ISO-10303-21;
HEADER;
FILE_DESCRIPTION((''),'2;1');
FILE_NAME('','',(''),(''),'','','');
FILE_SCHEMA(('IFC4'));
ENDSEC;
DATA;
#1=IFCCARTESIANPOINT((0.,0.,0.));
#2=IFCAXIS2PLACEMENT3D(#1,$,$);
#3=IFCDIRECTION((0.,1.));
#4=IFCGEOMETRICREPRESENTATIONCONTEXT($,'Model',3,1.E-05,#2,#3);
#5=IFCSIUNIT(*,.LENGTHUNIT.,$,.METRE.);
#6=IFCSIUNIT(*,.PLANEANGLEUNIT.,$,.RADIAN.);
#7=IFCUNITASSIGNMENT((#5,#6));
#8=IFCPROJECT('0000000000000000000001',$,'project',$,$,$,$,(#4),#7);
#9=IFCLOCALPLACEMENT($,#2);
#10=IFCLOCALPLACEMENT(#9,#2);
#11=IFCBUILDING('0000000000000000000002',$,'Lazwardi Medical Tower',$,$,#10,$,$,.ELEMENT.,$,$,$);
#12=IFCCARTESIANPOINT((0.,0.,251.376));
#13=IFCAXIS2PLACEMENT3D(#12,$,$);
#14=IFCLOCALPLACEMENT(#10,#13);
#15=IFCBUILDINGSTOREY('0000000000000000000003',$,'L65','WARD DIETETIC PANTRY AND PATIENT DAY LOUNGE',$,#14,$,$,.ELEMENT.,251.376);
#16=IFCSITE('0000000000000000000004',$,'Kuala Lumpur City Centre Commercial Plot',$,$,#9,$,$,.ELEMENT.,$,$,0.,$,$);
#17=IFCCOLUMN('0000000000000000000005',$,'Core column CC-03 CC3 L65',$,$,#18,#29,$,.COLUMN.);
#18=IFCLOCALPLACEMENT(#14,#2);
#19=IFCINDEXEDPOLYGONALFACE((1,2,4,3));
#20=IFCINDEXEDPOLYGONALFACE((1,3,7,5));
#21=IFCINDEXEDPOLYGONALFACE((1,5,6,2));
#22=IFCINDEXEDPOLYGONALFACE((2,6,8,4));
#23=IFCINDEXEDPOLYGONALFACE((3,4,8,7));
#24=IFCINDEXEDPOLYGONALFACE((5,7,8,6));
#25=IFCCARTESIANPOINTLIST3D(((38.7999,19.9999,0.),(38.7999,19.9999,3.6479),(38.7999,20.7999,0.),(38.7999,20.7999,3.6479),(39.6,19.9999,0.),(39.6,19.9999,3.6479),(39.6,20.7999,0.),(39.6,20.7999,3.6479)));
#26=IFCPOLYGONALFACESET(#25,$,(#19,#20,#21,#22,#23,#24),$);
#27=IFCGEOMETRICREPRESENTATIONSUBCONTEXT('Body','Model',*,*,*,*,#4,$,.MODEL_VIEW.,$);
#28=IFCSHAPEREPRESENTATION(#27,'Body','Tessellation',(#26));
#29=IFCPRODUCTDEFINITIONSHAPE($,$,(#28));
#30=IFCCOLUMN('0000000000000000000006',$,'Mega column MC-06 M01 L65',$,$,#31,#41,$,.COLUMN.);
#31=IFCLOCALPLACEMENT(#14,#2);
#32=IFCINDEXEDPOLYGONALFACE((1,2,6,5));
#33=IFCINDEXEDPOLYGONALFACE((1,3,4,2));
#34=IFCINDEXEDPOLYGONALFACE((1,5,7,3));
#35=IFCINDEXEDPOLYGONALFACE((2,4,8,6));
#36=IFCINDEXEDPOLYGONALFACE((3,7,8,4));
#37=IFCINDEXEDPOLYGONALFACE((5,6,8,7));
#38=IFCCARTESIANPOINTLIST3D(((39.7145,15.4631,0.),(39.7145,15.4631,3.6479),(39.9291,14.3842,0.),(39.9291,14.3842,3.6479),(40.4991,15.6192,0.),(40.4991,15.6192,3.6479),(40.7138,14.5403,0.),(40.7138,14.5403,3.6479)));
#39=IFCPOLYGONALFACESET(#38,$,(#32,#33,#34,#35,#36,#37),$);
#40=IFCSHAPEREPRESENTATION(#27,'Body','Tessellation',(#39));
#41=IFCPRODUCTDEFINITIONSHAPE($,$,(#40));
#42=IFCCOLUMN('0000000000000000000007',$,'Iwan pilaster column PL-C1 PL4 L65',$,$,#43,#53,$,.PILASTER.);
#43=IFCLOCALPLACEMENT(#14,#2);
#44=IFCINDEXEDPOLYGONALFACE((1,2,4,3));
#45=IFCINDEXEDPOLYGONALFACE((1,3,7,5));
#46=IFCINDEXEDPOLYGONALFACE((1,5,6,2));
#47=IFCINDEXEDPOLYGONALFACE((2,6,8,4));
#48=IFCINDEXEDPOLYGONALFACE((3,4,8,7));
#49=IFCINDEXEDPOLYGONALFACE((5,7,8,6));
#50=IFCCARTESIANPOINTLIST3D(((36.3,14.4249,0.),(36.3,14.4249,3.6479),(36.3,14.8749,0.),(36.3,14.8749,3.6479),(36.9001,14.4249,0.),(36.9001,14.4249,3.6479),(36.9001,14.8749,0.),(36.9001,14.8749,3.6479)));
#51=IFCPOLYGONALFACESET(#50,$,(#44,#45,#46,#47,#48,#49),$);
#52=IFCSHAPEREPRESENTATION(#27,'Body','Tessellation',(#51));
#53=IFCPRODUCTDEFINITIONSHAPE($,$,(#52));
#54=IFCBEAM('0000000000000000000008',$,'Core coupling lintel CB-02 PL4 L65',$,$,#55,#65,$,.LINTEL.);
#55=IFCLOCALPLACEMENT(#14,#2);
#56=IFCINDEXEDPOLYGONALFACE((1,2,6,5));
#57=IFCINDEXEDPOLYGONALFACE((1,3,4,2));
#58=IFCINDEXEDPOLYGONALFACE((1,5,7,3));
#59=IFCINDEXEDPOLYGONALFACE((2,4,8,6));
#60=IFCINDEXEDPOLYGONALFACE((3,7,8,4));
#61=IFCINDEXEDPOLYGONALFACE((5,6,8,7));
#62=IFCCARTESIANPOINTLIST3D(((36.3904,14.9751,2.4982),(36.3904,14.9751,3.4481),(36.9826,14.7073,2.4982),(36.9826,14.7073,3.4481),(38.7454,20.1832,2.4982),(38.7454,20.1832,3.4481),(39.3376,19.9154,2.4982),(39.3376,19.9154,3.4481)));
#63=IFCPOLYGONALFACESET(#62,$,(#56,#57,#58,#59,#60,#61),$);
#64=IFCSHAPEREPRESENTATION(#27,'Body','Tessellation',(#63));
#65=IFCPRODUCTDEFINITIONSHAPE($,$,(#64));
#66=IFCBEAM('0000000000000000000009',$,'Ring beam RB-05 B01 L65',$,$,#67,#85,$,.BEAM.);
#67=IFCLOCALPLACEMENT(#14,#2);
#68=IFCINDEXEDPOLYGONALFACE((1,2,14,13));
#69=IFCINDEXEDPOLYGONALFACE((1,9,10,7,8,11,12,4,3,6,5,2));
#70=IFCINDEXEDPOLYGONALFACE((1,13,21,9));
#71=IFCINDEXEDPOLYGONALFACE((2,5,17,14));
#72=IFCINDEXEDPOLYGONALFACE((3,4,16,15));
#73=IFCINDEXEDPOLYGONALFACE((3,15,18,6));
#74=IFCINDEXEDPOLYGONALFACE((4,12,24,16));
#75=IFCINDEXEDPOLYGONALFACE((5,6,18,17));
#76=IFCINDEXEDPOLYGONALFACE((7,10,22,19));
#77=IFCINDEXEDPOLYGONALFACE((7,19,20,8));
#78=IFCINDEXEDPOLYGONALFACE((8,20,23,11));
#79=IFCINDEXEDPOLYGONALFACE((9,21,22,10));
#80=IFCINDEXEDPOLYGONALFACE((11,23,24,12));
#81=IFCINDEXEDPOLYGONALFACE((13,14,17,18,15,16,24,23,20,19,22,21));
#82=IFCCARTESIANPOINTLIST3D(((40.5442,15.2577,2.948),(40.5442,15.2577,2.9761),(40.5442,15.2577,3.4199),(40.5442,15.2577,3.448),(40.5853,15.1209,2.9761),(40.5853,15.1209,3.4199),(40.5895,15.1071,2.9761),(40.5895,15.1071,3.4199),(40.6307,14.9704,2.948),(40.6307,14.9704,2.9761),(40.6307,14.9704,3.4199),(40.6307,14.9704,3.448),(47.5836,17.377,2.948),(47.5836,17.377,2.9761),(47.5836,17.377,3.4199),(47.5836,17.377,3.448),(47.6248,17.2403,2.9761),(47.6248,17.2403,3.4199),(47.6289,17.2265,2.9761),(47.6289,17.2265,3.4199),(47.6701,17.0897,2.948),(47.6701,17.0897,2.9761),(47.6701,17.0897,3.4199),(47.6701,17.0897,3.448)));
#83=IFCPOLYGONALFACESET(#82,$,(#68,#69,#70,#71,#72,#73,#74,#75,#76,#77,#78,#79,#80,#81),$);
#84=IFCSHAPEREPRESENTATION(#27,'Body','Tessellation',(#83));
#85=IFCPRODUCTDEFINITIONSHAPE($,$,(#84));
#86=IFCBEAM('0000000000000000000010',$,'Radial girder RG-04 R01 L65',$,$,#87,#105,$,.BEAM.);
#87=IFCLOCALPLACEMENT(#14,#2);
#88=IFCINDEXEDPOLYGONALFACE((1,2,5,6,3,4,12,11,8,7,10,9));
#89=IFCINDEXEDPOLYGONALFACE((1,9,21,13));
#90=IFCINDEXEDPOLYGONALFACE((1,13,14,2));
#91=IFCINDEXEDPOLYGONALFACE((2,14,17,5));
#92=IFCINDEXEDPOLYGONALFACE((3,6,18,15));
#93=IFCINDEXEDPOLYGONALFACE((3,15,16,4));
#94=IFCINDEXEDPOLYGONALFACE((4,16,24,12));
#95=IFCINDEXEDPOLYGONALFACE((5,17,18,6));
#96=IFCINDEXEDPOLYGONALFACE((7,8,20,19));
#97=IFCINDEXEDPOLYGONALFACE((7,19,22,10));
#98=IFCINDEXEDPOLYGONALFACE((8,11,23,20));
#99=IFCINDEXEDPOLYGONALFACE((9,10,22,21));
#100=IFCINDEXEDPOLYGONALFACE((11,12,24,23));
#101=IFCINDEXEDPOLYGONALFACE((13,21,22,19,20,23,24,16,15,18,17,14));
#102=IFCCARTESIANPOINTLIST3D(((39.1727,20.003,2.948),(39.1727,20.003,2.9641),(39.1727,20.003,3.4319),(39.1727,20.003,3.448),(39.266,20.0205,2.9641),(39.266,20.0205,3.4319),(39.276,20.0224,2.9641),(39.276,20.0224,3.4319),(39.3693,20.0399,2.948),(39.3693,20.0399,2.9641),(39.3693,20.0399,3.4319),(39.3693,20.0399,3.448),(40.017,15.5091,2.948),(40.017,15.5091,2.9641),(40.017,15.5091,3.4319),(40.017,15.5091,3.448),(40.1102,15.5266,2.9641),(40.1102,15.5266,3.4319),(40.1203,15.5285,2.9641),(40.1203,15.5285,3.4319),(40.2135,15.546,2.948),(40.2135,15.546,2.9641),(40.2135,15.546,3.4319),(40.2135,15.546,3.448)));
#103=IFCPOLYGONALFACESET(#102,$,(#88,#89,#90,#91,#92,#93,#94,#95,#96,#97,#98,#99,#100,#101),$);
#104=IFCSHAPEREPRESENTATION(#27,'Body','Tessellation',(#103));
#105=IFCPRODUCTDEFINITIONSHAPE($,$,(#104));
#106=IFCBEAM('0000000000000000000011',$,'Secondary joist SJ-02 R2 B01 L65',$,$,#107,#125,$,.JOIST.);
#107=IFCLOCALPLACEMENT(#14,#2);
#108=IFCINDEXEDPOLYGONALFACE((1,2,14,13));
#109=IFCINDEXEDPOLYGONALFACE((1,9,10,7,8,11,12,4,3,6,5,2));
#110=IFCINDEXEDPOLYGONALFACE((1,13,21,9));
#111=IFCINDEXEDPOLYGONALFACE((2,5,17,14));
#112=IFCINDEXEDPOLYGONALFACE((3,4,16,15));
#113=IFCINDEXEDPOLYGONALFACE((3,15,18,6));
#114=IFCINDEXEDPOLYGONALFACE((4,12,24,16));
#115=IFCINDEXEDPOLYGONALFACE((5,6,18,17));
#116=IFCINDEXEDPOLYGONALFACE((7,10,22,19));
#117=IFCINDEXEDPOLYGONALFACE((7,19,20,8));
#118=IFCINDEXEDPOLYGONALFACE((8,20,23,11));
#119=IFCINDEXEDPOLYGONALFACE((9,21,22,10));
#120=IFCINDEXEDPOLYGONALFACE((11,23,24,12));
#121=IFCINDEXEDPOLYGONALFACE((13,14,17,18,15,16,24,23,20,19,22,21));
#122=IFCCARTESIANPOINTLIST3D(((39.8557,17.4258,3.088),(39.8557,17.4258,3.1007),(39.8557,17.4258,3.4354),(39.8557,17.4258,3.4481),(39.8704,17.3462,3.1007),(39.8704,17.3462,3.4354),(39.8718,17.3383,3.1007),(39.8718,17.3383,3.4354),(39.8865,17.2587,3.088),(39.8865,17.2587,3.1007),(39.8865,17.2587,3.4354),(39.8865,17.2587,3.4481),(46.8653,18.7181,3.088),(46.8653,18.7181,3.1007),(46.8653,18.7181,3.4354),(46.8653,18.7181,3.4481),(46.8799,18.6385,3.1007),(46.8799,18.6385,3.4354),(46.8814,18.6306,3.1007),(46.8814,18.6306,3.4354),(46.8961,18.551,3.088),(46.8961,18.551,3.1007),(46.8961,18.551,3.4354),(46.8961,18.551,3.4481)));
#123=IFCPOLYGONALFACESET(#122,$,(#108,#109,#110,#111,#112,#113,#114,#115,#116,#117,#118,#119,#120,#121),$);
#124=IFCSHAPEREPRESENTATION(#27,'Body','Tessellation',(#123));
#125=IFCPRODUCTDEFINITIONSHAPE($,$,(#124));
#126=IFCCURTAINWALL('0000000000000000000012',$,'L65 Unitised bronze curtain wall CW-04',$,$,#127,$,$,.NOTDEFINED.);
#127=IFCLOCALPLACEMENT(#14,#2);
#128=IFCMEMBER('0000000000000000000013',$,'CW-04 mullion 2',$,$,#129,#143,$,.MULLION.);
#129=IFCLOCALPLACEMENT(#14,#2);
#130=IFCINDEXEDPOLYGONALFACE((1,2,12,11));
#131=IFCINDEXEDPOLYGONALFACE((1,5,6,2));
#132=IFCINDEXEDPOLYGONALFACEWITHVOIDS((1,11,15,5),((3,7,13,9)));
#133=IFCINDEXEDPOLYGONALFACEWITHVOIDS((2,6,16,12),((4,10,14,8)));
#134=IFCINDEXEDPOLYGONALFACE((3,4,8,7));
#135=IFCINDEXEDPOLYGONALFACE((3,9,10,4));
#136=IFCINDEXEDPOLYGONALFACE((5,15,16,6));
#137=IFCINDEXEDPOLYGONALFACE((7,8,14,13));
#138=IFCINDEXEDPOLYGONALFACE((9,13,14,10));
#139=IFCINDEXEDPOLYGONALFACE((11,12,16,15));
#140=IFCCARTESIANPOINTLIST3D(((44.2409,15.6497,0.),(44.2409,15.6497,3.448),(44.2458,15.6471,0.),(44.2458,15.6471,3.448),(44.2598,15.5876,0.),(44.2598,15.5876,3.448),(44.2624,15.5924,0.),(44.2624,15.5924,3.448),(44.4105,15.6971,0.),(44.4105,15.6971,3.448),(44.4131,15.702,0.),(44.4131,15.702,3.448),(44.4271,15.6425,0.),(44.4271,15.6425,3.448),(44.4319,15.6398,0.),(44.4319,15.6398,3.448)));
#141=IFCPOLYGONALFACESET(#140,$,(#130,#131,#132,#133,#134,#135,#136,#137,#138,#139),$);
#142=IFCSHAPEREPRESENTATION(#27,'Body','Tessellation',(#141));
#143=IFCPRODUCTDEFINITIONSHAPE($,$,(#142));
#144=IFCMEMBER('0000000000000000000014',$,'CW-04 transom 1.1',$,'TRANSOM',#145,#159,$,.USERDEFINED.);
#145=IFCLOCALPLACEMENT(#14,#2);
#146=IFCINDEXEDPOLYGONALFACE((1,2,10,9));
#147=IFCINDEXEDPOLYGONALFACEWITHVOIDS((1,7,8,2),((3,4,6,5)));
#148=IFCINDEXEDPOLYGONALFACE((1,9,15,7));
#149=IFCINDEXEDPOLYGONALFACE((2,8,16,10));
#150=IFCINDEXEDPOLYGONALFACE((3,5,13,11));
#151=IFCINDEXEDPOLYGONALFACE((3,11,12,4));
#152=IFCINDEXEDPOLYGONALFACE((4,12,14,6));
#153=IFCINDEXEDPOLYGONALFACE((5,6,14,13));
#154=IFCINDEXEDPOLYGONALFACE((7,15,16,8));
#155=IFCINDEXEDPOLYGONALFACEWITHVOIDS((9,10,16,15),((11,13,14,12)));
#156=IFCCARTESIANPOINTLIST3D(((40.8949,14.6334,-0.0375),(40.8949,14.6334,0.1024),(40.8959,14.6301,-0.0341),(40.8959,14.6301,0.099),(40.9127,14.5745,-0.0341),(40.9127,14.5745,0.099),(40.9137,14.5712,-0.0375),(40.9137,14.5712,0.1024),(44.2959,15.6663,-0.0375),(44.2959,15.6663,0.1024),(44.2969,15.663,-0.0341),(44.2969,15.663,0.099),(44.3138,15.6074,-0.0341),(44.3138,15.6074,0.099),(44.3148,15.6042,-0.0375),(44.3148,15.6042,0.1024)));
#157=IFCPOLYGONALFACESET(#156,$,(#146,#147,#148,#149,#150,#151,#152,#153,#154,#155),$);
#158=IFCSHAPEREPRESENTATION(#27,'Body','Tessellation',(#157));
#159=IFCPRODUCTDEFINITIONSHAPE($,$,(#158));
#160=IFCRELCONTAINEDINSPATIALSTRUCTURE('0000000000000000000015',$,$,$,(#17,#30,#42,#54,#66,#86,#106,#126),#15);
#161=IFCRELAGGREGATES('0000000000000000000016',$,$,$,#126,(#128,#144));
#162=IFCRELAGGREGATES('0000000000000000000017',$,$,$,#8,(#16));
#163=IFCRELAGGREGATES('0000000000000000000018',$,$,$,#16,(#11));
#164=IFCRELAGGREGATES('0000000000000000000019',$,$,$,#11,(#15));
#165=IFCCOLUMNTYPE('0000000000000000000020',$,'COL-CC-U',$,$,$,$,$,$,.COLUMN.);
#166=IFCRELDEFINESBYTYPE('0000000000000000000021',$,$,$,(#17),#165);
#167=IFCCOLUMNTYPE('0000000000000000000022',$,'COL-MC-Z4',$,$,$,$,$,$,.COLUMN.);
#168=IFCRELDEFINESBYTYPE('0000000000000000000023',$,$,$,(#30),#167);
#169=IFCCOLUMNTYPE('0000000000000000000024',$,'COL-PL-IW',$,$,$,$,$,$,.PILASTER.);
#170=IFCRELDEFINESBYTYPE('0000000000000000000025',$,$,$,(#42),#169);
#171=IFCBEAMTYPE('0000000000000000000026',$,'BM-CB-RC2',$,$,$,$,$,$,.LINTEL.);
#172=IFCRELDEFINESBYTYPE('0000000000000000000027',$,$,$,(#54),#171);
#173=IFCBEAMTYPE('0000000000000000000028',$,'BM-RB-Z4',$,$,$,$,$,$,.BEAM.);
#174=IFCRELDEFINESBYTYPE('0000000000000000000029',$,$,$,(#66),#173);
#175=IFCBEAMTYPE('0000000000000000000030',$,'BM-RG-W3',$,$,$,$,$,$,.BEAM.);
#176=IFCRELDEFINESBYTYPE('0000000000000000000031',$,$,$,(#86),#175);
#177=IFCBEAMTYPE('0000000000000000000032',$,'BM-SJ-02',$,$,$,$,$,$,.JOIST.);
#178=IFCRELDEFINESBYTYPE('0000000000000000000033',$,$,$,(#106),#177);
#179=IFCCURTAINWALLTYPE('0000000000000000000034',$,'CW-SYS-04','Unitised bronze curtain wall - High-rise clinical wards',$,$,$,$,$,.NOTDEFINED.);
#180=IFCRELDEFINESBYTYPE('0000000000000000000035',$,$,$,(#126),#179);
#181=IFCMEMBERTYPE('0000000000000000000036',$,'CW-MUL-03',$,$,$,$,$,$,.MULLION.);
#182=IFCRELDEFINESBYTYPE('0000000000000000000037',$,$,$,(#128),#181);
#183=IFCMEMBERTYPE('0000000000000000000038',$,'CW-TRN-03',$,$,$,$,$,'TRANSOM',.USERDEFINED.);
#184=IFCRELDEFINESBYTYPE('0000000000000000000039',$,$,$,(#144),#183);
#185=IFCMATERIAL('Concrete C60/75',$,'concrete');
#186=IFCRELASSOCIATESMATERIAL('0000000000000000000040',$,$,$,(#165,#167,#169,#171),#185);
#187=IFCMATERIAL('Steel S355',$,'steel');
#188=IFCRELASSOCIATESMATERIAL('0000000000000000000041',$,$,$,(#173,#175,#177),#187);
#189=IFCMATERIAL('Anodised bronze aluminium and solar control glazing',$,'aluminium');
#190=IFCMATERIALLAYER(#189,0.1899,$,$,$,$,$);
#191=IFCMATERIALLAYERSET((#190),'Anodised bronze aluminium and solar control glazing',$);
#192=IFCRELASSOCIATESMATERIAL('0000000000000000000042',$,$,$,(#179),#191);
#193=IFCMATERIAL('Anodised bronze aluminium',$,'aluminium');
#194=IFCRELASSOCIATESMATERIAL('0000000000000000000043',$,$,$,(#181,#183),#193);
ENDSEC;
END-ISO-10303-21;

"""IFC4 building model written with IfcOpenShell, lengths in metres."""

from ifc_helpers import new_model, si_unit, direction, frame, origin, origin_2d, place, context, subcontext, project, spatial, rectangle, hollow_rectangle, i_section, extrude, material, layer, layer_set, material_profile, profile_set, type_object, element, aggregate, save


model = new_model("IFC4")

# Units and contexts
model_context = context("Model", 3, precision=1e-05, world=origin(), true_north=direction((0.0, 1.0)))
body_context = subcontext(model_context, "Body", "Model", "MODEL_VIEW")
ifc_project = project(units=[si_unit("LENGTHUNIT", "METRE"), si_unit("PLANEANGLEUNIT", "RADIAN")], contexts=[model_context])

# Site, building, storey
site_placement = place(None, origin())
site = spatial("IfcSite", under=ifc_project, at=site_placement, Name="Kuala Lumpur City Centre Commercial Plot", CompositionType="ELEMENT", RefElevation=0.0)
building_placement = place(site_placement, origin())
building = spatial("IfcBuilding", under=site, at=building_placement, Name="Lazwardi Medical Tower", CompositionType="ELEMENT")
storey_placement = place(building_placement, frame((0.0, 0.0, 251.376)))
storey = spatial("IfcBuildingStorey", under=building, at=storey_placement, Name="L65", Description="WARD DIETETIC PANTRY AND PATIENT DAY LOUNGE", CompositionType="ELEMENT", Elevation=251.376)

# Columns
ifc_material_1 = material(Name="Concrete C60/75", Category="concrete")
ifc_material_profile_1 = material_profile(ifc_material_1, rectangle(XDim=0.8, YDim=0.8, at=origin_2d()), Name="RC 800x800")
ifc_profile_set_1 = profile_set([ifc_material_profile_1], Name="Concrete C60/75")
column_type_1 = type_object("IfcColumnType", Name="COL-CC-U", PredefinedType="COLUMN", material=ifc_profile_set_1)
column_1_placement = place(storey_placement, frame((39.2, 20.3999, 0.0), z_axis=(0.0, 0.0, 1.0), x_axis=(1.0, 0.0, 0.0)))
element("IfcColumn", 1, at=column_1_placement, inside=storey, type_object=column_type_1, Name="Core column CC-03 CC3 L65", PredefinedType="COLUMN", context=body_context, shape_type="SweptSolid", body=[
    extrude(rectangle(XDim=0.8, YDim=0.8, at=origin_2d()), origin(), (0.0, 0.0, 1.0), 3.6479),
])
ifc_material_profile_2 = material_profile(ifc_material_1, rectangle(XDim=1.1001, YDim=0.8, at=origin_2d()), Name="CFT-RECT 1100x800")
ifc_profile_set_2 = profile_set([ifc_material_profile_2], Name="Concrete C60/75")
column_type_2 = type_object("IfcColumnType", Name="COL-MC-Z4", PredefinedType="COLUMN", material=ifc_profile_set_2)
column_2_placement = place(storey_placement, frame((40.2141, 15.0017, 0.0), z_axis=(0.0, 0.0, 1.0), x_axis=(0.19509, -0.980785, 0.0)))
element("IfcColumn", 2, at=column_2_placement, inside=storey, type_object=column_type_2, Name="Mega column MC-06 M01 L65", PredefinedType="COLUMN", context=body_context, shape_type="SweptSolid", body=[
    extrude(rectangle(XDim=1.1001, YDim=0.8, at=origin_2d()), origin(), (0.0, 0.0, 1.0), 3.6479),
])
ifc_material_profile_3 = material_profile(ifc_material_1, rectangle(XDim=0.6001, YDim=0.45, at=origin_2d()), Name="RC 600x450")
ifc_profile_set_3 = profile_set([ifc_material_profile_3], Name="Concrete C60/75")
column_type_3 = type_object("IfcColumnType", Name="COL-PL-IW", PredefinedType="PILASTER", material=ifc_profile_set_3)
column_3_placement = place(storey_placement, frame((36.6001, 14.6499, 0.0), z_axis=(0.0, 0.0, 1.0), x_axis=(1.0, 0.0, 0.0)))
element("IfcColumn", 3, at=column_3_placement, inside=storey, type_object=column_type_3, Name="Iwan pilaster column PL-C1 PL4 L65", PredefinedType="PILASTER", context=body_context, shape_type="SweptSolid", body=[
    extrude(rectangle(XDim=0.6001, YDim=0.45, at=origin_2d()), origin(), (0.0, 0.0, 1.0), 3.6479),
])

# Beams
ifc_material_profile_4 = material_profile(ifc_material_1, rectangle(XDim=0.6499, YDim=0.95, at=origin_2d()), Name="RC 650x950")
ifc_profile_set_4 = profile_set([ifc_material_profile_4], Name="Concrete C60/75")
beam_type_1 = type_object("IfcBeamType", Name="BM-CB-RC2", PredefinedType="LINTEL", material=ifc_profile_set_4)
beam_1_placement = place(storey_placement, frame((39.0415, 20.0493, 2.9731), z_axis=(-0.412019, -0.911175, 0.0), x_axis=(0.911175, -0.412019, 0.0)))
element("IfcBeam", 4, at=beam_1_placement, inside=storey, type_object=beam_type_1, Name="Core coupling lintel CB-02 PL4 L65", PredefinedType="LINTEL", context=body_context, shape_type="SweptSolid", body=[
    extrude(rectangle(XDim=0.6499, YDim=0.95, at=origin_2d()), origin(), (0.0, 0.0, 1.0), 5.7158),
])
ifc_material_2 = material(Name="Steel S355", Category="steel")
ifc_material_profile_5 = material_profile(ifc_material_2, i_section(OverallWidth=0.3, OverallDepth=0.5, WebThickness=0.0144, FlangeThickness=0.0281, at=origin_2d()), Name="HEB 500")
ifc_profile_set_5 = profile_set([ifc_material_profile_5], Name="Steel S355")
beam_type_2 = type_object("IfcBeamType", Name="BM-RB-Z4", PredefinedType="BEAM", material=ifc_profile_set_5)
beam_2_placement = place(storey_placement, frame((40.5874, 15.114, 3.198), z_axis=(0.957544, 0.288286, 0.0), x_axis=(-0.288286, 0.957544, 0.0)))
element("IfcBeam", 5, at=beam_2_placement, inside=storey, type_object=beam_type_2, Name="Ring beam RB-05 B01 L65", PredefinedType="BEAM", context=body_context, shape_type="SweptSolid", body=[
    extrude(i_section(OverallWidth=0.3, OverallDepth=0.5, WebThickness=0.0144, FlangeThickness=0.0281, at=origin_2d()), origin(), (0.0, 0.0, 1.0), 7.3516),
])
ifc_material_profile_6 = material_profile(ifc_material_2, i_section(OverallWidth=0.2, OverallDepth=0.5, WebThickness=0.0103, FlangeThickness=0.0161, at=origin_2d()), Name="IPE 500")
ifc_profile_set_6 = profile_set([ifc_material_profile_6], Name="Steel S355")
beam_type_3 = type_object("IfcBeamType", Name="BM-RG-W3", PredefinedType="BEAM", material=ifc_profile_set_6)
beam_3_placement = place(storey_placement, frame((40.1152, 15.5276, 3.198), z_axis=(-0.184633, 0.982807, 0.0), x_axis=(-0.982807, -0.184633, 0.0)))
element("IfcBeam", 6, at=beam_3_placement, inside=storey, type_object=beam_type_3, Name="Radial girder RG-04 R01 L65", PredefinedType="BEAM", context=body_context, shape_type="SweptSolid", body=[
    extrude(i_section(OverallWidth=0.2, OverallDepth=0.5, WebThickness=0.0103, FlangeThickness=0.0161, at=origin_2d()), origin(), (0.0, 0.0, 1.0), 4.5725),
])
ifc_material_profile_7 = material_profile(ifc_material_2, i_section(OverallWidth=0.1699, OverallDepth=0.3601, WebThickness=0.0081, FlangeThickness=0.0127, at=origin_2d()), Name="IPE 360")
ifc_profile_set_7 = profile_set([ifc_material_profile_7], Name="Steel S355")
beam_type_4 = type_object("IfcBeamType", Name="BM-SJ-02", PredefinedType="JOIST", material=ifc_profile_set_7)
beam_4_placement = place(storey_placement, frame((39.8711, 17.3423, 3.2681), z_axis=(0.983428, 0.181299, 0.0), x_axis=(-0.181299, 0.983428, 0.0)))
element("IfcBeam", 7, at=beam_4_placement, inside=storey, type_object=beam_type_4, Name="Secondary joist SJ-02 R2 B01 L65", PredefinedType="JOIST", context=body_context, shape_type="SweptSolid", body=[
    extrude(i_section(OverallWidth=0.1699, OverallDepth=0.3601, WebThickness=0.0081, FlangeThickness=0.0127, at=origin_2d()), origin(), (0.0, 0.0, 1.0), 7.1277),
])

# Curtain wall, members
ifc_material_3 = material(Name="Anodised bronze aluminium and solar control glazing", Category="aluminium")
ifc_layer_1 = layer(ifc_material_3, 0.1899)
ifc_layer_set_1 = layer_set([ifc_layer_1], Name="Anodised bronze aluminium and solar control glazing")
curtain_wall_type = type_object("IfcCurtainWallType", Name="CW-SYS-04", Description="Unitised bronze curtain wall - High-rise clinical wards", PredefinedType="NOTDEFINED", material=ifc_layer_set_1)
curtain_wall_placement = place(storey_placement, origin())
curtain_wall = element("IfcCurtainWall", 8, at=curtain_wall_placement, inside=storey, type_object=curtain_wall_type, Name="L65 Unitised bronze curtain wall CW-04", PredefinedType="NOTDEFINED")
ifc_material_4 = material(Name="Anodised bronze aluminium", Category="aluminium")
ifc_material_profile_8 = material_profile(ifc_material_4, hollow_rectangle(XDim=0.0649, YDim=0.1799, WallThickness=0.0039, at=origin_2d()), Name="ALU-MULLION 180x65x4")
ifc_profile_set_8 = profile_set([ifc_material_profile_8], Name="Anodised bronze aluminium")
member_type_1 = type_object("IfcMemberType", Name="CW-MUL-03", PredefinedType="MULLION", material=ifc_profile_set_8)
member_1_placement = place(storey_placement, frame((44.3364, 15.6448, 0.0), z_axis=(0.0, 0.0, 1.0), x_axis=(-0.290582, 0.95685, 0.0)))
member_1 = element("IfcMember", 9, at=member_1_placement, type_object=member_type_1, Name="CW-04 mullion 2", PredefinedType="MULLION", context=body_context, shape_type="SweptSolid", body=[
    extrude(hollow_rectangle(XDim=0.0649, YDim=0.1799, WallThickness=0.0039, at=origin_2d()), origin(), (0.0, 0.0, 1.0), 3.448),
])
ifc_material_profile_9 = material_profile(ifc_material_4, hollow_rectangle(XDim=0.0649, YDim=0.1399, WallThickness=0.0034, at=origin_2d()), Name="ALU-TRANSOM 140x65x3.5")
ifc_profile_set_9 = profile_set([ifc_material_profile_9], Name="Anodised bronze aluminium")
member_type_2 = type_object("IfcMemberType", Name="CW-TRN-03", ElementType="TRANSOM", PredefinedType="USERDEFINED", material=ifc_profile_set_9)
member_2_placement = place(storey_placement, frame((40.9043, 14.6023, 0.0325), z_axis=(0.956843, 0.290604, 0.0), x_axis=(-0.290604, 0.956843, 0.0)))
member_2 = element("IfcMember", 10, at=member_2_placement, type_object=member_type_2, Name="CW-04 transom 1.1", ObjectType="TRANSOM", PredefinedType="USERDEFINED", context=body_context, shape_type="SweptSolid", body=[
    extrude(hollow_rectangle(XDim=0.0649, YDim=0.1399, WallThickness=0.0034, at=origin_2d()), origin(), (0.0, 0.0, 1.0), 3.5544),
])
aggregate(curtain_wall, [member_1, member_2])

save(model, "model.ifc")
